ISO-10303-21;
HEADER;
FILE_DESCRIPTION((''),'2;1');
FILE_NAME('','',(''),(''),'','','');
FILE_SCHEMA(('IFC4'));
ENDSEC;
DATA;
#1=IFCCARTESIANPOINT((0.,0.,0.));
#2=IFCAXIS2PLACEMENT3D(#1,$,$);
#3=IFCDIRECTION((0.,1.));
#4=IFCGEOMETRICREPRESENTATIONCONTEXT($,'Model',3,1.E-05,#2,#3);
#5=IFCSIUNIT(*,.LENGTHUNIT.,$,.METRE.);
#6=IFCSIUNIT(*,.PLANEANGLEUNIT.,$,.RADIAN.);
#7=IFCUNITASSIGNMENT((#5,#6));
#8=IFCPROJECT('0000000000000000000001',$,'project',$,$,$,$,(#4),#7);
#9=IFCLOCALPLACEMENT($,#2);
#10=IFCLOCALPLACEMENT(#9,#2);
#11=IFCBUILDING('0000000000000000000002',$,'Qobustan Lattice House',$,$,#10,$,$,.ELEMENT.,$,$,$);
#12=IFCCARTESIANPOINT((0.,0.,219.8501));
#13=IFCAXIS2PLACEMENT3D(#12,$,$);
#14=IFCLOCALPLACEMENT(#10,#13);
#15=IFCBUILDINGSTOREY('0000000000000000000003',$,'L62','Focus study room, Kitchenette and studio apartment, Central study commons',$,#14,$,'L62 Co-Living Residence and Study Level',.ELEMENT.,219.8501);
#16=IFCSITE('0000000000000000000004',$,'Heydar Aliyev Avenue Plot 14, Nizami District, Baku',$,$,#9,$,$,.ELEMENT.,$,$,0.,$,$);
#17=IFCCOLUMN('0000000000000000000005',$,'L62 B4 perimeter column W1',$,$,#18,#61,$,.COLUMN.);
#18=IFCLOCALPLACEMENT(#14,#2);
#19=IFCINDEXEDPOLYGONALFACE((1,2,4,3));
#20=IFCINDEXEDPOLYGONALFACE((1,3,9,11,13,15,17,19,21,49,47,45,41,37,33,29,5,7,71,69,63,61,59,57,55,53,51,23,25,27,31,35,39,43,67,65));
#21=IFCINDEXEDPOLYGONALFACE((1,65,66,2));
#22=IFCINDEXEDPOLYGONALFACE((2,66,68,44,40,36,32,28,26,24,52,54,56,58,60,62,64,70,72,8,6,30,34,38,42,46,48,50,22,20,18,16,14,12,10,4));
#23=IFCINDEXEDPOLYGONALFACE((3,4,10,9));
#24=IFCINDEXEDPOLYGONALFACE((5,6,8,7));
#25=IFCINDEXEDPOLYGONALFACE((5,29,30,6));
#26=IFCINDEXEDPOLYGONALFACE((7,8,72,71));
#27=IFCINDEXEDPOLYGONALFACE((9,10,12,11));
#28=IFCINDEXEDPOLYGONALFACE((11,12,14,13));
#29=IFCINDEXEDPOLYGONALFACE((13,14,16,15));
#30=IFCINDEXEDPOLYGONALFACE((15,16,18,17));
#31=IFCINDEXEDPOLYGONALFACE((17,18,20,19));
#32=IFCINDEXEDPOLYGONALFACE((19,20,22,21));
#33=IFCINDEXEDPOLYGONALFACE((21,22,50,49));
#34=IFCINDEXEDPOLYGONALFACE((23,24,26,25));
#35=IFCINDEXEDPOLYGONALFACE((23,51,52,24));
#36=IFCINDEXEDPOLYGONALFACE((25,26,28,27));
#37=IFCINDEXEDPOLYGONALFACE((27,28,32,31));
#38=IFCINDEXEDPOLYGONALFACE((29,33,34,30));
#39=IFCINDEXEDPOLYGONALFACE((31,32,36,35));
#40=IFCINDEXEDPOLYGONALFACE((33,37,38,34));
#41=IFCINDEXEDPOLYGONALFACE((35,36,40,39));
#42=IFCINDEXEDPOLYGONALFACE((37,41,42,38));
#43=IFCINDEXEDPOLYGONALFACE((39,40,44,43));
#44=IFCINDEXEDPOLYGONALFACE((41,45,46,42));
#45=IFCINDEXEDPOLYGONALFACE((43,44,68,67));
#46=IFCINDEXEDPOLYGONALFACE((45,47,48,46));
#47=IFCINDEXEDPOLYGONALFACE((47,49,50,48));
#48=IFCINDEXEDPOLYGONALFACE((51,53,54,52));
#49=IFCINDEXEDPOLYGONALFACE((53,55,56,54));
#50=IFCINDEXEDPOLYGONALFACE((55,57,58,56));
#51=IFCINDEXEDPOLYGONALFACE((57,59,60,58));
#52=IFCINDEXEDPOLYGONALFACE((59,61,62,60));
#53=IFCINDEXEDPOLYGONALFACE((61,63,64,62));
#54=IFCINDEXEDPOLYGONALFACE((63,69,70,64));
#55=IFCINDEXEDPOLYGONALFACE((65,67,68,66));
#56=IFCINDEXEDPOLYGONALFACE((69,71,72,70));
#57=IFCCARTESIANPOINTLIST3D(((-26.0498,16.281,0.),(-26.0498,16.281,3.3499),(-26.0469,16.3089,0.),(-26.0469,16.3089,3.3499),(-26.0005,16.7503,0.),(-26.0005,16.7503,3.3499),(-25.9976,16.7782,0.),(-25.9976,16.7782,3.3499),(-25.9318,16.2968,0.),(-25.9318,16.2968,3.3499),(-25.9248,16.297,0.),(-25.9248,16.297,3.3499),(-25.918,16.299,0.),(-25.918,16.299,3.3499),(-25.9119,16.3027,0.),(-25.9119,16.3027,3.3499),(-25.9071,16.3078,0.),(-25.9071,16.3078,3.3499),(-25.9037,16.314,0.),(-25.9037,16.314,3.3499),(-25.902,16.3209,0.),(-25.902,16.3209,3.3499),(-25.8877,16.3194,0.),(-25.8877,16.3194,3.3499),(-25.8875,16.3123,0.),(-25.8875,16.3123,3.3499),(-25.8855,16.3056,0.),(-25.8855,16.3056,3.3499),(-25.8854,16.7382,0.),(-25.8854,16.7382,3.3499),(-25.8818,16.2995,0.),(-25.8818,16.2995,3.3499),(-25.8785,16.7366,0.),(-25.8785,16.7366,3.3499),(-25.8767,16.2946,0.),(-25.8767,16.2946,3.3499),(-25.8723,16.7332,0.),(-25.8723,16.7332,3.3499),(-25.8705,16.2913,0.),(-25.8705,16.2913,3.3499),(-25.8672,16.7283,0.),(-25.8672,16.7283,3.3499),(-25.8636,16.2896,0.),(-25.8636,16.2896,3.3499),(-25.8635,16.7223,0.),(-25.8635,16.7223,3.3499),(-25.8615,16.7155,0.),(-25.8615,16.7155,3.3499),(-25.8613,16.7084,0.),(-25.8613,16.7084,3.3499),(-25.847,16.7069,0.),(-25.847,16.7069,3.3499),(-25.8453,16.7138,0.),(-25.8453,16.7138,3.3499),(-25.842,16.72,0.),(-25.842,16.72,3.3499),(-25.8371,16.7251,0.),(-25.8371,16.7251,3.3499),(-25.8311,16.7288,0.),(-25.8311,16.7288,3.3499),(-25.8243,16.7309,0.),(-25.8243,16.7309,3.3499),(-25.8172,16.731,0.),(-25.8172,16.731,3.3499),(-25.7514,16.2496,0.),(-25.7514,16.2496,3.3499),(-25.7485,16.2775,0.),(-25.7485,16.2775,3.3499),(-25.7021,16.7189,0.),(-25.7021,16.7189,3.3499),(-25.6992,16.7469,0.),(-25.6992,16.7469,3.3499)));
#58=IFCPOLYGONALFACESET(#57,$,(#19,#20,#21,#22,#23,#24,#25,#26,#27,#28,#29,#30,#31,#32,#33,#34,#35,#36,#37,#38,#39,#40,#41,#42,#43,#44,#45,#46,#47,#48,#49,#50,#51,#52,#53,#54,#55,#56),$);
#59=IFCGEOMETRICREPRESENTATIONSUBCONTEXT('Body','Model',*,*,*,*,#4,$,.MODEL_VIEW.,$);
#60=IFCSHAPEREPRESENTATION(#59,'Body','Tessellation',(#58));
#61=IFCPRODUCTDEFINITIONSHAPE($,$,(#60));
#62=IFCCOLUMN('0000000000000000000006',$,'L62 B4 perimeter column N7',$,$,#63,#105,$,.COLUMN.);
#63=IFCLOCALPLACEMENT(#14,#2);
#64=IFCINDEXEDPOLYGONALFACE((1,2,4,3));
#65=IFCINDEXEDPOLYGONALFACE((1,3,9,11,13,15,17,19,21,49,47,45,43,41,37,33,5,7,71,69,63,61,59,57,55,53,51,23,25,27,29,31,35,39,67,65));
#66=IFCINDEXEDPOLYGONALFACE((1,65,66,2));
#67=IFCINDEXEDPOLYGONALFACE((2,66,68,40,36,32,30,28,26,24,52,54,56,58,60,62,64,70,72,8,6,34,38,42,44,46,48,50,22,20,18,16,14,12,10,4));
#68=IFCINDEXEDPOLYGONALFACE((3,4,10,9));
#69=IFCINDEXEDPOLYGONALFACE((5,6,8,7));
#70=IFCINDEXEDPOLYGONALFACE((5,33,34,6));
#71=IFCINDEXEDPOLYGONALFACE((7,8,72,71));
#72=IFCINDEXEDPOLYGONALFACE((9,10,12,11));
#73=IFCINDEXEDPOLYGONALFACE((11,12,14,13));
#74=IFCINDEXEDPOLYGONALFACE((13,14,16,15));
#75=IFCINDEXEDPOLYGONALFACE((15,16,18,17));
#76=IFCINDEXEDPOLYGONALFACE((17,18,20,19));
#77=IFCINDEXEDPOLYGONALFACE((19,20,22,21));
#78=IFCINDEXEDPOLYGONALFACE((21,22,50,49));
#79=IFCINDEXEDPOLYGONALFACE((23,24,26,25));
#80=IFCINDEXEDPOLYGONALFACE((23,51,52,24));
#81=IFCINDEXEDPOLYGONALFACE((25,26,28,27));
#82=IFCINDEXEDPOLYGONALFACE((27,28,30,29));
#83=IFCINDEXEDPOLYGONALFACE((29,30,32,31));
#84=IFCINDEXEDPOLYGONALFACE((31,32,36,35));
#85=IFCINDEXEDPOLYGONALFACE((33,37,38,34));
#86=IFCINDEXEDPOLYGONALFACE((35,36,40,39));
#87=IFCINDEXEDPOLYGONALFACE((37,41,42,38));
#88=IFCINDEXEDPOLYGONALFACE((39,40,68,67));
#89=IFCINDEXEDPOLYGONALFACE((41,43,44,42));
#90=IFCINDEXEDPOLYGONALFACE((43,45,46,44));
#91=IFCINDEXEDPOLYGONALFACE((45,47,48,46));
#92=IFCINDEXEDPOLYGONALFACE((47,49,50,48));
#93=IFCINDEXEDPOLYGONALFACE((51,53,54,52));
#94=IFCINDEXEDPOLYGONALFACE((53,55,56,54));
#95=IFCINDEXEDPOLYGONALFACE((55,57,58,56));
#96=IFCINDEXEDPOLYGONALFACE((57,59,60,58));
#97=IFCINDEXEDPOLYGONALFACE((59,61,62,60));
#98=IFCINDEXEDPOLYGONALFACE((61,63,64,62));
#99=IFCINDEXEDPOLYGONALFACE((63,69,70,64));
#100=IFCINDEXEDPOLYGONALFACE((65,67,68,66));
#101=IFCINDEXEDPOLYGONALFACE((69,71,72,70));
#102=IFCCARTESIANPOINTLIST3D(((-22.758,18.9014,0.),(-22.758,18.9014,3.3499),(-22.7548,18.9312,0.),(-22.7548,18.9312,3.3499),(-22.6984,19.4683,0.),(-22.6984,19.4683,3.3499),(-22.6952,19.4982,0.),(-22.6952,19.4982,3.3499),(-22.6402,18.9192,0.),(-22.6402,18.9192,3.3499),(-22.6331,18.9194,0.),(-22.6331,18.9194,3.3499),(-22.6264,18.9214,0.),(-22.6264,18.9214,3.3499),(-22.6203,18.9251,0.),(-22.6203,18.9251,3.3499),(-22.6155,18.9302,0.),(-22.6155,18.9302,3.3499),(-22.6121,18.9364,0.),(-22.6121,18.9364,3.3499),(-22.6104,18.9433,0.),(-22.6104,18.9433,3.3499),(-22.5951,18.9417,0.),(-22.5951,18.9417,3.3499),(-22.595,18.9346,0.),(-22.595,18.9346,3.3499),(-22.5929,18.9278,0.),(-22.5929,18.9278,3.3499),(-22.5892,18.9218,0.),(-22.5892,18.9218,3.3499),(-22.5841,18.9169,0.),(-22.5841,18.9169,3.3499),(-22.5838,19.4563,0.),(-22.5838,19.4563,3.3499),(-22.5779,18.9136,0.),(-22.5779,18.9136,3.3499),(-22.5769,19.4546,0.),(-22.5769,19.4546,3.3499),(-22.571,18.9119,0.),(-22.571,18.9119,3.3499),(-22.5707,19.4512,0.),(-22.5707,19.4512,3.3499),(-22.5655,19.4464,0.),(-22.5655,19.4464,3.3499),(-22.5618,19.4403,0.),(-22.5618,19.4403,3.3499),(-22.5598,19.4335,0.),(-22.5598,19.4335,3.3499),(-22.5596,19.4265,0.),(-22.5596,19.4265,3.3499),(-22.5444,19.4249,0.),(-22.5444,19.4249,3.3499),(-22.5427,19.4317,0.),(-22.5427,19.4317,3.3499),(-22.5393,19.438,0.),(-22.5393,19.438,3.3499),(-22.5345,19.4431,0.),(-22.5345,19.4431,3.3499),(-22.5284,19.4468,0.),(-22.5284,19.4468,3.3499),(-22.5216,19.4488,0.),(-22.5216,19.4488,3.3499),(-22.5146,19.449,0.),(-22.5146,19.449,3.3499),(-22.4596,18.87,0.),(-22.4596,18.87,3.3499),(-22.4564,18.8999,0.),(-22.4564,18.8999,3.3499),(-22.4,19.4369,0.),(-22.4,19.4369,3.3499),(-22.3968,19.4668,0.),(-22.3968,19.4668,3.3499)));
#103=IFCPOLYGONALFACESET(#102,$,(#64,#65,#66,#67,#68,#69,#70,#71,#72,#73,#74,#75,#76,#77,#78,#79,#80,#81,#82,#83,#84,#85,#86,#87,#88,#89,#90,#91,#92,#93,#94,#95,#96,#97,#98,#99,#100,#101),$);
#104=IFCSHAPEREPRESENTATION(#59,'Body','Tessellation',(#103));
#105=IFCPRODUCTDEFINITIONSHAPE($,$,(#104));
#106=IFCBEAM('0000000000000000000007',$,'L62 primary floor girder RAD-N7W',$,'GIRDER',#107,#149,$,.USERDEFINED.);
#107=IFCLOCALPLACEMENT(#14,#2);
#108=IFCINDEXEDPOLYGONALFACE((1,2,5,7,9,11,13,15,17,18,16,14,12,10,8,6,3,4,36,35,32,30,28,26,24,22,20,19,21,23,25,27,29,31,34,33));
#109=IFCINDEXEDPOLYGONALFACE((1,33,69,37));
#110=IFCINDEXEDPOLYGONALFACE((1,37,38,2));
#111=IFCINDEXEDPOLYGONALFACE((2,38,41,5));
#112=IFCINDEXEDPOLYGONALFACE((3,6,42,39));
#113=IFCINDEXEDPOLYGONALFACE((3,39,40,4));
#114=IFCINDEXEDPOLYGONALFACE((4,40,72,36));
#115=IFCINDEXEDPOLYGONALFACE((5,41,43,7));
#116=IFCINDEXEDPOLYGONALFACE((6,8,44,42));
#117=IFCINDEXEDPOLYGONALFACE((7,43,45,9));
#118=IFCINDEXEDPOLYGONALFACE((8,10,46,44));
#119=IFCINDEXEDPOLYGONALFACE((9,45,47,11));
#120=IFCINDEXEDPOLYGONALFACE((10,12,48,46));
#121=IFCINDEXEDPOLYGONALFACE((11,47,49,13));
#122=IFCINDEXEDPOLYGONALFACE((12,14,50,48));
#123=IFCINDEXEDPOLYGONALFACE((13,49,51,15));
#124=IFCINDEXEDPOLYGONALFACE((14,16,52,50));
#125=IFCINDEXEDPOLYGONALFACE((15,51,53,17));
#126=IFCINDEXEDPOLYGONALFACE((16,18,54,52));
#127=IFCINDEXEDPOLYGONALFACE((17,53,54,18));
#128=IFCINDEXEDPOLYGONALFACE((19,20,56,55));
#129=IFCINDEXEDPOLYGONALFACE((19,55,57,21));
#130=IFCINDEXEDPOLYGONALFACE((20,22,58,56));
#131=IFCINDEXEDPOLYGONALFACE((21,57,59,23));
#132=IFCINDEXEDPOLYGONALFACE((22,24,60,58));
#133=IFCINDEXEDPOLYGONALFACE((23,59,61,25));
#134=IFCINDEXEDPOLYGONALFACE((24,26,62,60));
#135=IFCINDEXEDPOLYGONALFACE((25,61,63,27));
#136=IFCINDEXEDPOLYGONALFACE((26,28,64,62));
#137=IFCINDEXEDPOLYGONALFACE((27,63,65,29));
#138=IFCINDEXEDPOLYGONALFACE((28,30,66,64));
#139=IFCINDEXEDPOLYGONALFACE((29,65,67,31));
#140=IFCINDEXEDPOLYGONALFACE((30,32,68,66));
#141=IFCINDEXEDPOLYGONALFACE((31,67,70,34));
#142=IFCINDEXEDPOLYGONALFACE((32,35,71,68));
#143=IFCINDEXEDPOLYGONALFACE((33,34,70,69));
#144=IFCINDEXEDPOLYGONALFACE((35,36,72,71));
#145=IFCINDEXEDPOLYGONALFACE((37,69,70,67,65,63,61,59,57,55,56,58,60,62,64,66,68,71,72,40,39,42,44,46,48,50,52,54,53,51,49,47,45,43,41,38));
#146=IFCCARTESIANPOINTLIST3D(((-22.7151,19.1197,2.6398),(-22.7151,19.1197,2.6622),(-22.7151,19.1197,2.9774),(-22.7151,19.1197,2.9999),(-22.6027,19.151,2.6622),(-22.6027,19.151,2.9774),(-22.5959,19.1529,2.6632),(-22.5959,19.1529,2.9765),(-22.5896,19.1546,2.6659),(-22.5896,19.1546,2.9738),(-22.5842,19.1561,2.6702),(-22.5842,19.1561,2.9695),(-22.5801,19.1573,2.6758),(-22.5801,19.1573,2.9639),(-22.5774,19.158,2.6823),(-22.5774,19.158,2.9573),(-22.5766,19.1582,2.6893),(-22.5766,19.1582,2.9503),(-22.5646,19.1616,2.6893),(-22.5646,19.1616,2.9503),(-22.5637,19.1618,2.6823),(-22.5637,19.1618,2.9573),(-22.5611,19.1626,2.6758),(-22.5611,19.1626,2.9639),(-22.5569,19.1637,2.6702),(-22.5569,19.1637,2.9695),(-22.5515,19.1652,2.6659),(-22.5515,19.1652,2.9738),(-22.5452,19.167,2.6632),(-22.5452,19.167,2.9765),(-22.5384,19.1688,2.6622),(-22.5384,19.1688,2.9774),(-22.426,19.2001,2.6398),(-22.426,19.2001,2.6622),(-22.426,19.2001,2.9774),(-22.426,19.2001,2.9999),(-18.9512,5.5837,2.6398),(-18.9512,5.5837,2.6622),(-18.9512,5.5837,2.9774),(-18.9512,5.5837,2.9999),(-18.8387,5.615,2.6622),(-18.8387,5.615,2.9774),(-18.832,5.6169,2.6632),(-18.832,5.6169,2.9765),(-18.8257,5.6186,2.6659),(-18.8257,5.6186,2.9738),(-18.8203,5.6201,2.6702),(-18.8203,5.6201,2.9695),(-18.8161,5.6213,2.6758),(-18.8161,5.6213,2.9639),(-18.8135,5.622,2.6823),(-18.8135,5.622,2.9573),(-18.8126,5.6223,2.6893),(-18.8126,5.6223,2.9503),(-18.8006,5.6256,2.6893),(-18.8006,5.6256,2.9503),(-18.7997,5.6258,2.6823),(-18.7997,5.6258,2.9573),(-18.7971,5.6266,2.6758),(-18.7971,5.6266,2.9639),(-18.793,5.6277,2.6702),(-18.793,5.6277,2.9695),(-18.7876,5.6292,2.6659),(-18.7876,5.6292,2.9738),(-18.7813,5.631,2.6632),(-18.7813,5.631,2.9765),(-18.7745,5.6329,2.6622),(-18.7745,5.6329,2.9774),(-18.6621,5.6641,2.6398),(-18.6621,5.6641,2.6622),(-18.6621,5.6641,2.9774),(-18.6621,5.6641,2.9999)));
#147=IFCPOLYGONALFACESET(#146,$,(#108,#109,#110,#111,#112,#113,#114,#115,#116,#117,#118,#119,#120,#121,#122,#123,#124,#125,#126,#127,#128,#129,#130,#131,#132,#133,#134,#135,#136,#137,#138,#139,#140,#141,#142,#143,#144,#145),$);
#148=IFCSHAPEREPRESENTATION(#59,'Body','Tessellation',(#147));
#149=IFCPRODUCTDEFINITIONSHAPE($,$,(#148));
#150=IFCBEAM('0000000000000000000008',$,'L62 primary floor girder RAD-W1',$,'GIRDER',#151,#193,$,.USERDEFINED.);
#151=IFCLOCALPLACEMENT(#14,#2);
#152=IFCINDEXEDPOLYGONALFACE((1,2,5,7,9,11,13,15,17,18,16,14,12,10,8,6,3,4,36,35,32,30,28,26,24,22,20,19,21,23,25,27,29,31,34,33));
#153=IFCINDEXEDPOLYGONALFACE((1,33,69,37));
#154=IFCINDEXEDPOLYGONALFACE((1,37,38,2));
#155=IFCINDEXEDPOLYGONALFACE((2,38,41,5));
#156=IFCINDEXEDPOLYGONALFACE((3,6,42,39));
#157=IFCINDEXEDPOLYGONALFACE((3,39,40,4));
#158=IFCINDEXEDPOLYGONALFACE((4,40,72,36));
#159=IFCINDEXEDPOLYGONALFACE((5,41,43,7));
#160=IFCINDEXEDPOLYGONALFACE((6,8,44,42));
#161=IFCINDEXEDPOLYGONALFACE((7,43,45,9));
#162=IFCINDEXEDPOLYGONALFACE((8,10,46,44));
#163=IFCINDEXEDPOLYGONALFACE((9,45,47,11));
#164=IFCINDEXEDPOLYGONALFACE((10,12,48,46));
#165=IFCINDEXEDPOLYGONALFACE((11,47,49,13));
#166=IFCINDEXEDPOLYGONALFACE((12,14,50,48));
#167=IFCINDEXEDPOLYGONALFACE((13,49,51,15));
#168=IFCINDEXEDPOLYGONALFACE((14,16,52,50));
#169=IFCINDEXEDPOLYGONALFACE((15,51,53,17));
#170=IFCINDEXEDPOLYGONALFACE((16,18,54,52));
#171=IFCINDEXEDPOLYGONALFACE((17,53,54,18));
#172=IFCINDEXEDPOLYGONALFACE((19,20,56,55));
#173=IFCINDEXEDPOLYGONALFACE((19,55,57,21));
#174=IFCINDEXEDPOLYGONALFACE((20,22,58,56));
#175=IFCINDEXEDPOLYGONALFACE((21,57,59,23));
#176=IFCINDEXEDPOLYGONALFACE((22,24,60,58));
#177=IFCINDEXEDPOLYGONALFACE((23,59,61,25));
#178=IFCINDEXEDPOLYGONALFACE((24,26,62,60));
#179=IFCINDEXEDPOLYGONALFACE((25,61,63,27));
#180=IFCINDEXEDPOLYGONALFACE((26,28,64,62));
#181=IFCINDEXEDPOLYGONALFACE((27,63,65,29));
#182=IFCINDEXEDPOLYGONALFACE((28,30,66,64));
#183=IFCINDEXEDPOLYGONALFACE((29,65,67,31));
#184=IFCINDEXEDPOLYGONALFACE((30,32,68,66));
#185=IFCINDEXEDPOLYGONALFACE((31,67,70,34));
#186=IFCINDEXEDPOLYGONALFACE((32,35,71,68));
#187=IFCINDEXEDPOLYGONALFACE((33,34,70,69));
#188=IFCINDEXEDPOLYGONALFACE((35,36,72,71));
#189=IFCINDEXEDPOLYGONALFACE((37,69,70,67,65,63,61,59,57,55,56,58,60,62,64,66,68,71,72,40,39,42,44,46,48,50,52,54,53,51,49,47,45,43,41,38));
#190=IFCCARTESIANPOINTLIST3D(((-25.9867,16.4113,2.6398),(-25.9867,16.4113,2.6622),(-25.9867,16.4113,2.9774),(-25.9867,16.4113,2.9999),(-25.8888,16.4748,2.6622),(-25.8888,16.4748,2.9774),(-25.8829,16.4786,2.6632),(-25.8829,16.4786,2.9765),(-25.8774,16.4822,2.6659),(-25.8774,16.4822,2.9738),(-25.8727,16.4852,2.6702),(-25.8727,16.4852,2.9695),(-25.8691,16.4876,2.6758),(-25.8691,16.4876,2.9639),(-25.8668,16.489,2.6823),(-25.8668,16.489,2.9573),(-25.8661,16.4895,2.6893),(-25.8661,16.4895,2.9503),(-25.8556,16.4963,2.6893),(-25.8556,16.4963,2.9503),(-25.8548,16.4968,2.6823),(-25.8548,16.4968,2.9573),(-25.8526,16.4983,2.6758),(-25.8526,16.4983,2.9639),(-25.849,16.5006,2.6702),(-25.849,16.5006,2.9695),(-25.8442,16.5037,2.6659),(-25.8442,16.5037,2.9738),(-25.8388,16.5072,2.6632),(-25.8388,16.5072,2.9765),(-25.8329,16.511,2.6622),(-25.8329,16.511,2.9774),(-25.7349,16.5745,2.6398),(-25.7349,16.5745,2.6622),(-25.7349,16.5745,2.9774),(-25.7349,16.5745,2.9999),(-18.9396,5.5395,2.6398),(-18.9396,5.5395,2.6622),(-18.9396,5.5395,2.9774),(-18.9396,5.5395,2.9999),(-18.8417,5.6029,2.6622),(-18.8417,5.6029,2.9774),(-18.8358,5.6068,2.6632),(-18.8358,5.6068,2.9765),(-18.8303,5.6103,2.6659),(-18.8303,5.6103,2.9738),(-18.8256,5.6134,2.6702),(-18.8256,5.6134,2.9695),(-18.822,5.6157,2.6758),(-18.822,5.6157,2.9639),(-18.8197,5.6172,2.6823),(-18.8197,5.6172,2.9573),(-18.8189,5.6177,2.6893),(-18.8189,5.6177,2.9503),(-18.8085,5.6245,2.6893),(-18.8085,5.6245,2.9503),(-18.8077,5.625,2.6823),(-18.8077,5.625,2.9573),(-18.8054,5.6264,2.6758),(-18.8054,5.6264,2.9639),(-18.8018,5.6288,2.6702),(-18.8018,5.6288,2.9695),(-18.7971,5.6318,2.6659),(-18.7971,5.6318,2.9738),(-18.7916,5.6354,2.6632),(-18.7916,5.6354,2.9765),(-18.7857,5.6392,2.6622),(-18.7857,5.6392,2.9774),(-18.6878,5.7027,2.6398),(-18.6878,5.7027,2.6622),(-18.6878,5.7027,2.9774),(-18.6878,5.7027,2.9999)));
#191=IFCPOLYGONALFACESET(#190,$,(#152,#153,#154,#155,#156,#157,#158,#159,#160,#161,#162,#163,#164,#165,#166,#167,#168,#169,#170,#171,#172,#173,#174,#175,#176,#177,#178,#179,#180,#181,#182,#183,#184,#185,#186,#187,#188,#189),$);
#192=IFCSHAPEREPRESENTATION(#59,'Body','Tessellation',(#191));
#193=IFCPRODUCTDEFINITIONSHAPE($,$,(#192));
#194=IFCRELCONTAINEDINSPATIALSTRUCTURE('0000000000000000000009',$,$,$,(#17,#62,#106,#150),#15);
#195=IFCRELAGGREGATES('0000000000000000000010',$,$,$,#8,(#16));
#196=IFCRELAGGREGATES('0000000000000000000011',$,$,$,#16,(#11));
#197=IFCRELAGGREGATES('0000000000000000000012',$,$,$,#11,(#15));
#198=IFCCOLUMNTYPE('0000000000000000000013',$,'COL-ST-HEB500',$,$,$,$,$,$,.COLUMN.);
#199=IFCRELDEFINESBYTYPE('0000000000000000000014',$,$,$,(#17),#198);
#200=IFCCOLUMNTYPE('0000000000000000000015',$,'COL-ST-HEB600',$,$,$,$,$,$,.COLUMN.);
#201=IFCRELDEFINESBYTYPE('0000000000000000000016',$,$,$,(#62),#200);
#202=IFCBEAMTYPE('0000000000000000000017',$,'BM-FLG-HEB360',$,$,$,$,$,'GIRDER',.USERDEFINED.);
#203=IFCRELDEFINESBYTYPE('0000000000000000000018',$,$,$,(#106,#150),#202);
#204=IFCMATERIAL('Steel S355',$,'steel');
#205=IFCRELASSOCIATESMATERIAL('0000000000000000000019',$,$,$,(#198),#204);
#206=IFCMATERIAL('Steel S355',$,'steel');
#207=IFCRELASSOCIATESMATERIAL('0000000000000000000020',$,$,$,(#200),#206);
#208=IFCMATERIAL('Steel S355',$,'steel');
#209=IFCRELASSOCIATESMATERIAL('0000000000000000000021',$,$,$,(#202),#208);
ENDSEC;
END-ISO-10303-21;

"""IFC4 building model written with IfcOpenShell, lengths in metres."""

from ifc_helpers import new_model, si_unit, direction, frame, origin, origin_2d, place, context, subcontext, project, spatial, i_section, extrude, material, material_profile, profile_set, type_object, element, save


model = new_model("IFC4")

# Units and contexts
model_context = context("Model", 3, precision=1e-05, world=origin(), true_north=direction((0.0, 1.0)))
body_context = subcontext(model_context, "Body", "Model", "MODEL_VIEW")
ifc_project = project(units=[si_unit("LENGTHUNIT", "METRE"), si_unit("PLANEANGLEUNIT", "RADIAN")], contexts=[model_context])

# Site, building, storey
site_placement = place(None, origin())
site = spatial("IfcSite", under=ifc_project, at=site_placement, Name="Heydar Aliyev Avenue Plot 14, Nizami District, Baku", CompositionType="ELEMENT", RefElevation=0.0)
building_placement = place(site_placement, origin())
building = spatial("IfcBuilding", under=site, at=building_placement, Name="Qobustan Lattice House", CompositionType="ELEMENT")
storey_placement = place(building_placement, frame((0.0, 0.0, 219.8501)))
storey = spatial("IfcBuildingStorey", under=building, at=storey_placement, Name="L62", Description="Focus study room, Kitchenette and studio apartment, Central study commons", LongName="L62 Co-Living Residence and Study Level", CompositionType="ELEMENT", Elevation=219.8501)

# Columns
ifc_material_1 = material(Name="Steel S355", Category="steel")
ifc_material_profile_1 = material_profile(ifc_material_1, i_section(OverallWidth=0.3, OverallDepth=0.5, WebThickness=0.0144, FlangeThickness=0.0281, FilletRadius=0.0271, at=origin_2d()), Name="HEB500")
ifc_profile_set_1 = profile_set([ifc_material_profile_1], Name="Steel S355")
column_type_1 = type_object("IfcColumnType", Name="COL-ST-HEB500", PredefinedType="COLUMN", material=ifc_profile_set_1)
column_1_placement = place(storey_placement, frame((-25.8745, 16.5139, 0.0), z_axis=(0.0, 0.0, 1.0), x_axis=(0.994522, -0.104528, 0.0)))
element("IfcColumn", 1, at=column_1_placement, inside=storey, type_object=column_type_1, Name="L62 B4 perimeter column W1", PredefinedType="COLUMN", context=body_context, shape_type="SweptSolid", body=[
    extrude(i_section(OverallWidth=0.3, OverallDepth=0.5, WebThickness=0.0144, FlangeThickness=0.0281, FilletRadius=0.0271, at=origin_2d()), origin(), (0.0, 0.0, 1.0), 3.3499),
])
ifc_material_2 = material(Name="Steel S355", Category="steel")
ifc_material_profile_2 = material_profile(ifc_material_2, i_section(OverallWidth=0.3, OverallDepth=0.6001, WebThickness=0.0154, FlangeThickness=0.03, FilletRadius=0.0271, at=origin_2d()), Name="HEB600")
ifc_profile_set_2 = profile_set([ifc_material_profile_2], Name="Steel S355")
column_type_2 = type_object("IfcColumnType", Name="COL-ST-HEB600", PredefinedType="COLUMN", material=ifc_profile_set_2)
column_2_placement = place(storey_placement, frame((-22.5774, 19.1841, 0.0), z_axis=(0.0, 0.0, 1.0), x_axis=(0.994522, -0.104528, 0.0)))
element("IfcColumn", 2, at=column_2_placement, inside=storey, type_object=column_type_2, Name="L62 B4 perimeter column N7", PredefinedType="COLUMN", context=body_context, shape_type="SweptSolid", body=[
    extrude(i_section(OverallWidth=0.3, OverallDepth=0.6001, WebThickness=0.0154, FlangeThickness=0.03, FilletRadius=0.0271, at=origin_2d()), origin(), (0.0, 0.0, 1.0), 3.3499),
])

# Beams
ifc_material_3 = material(Name="Steel S355", Category="steel")
ifc_material_profile_3 = material_profile(ifc_material_3, i_section(OverallWidth=0.3, OverallDepth=0.3601, WebThickness=0.0125, FlangeThickness=0.0225, FilletRadius=0.0271, at=origin_2d()), Name="HEB360")
ifc_profile_set_3 = profile_set([ifc_material_profile_3], Name="Steel S355")
beam_type_1 = type_object("IfcBeamType", Name="BM-FLG-HEB360", ElementType="GIRDER", PredefinedType="USERDEFINED", material=ifc_profile_set_3)
beam_1_placement = place(storey_placement, frame((-22.5706, 19.1599, 2.8198), z_axis=(0.267905, -0.963445, 0.0), x_axis=(0.963445, 0.267905, 0.0)))
element("IfcBeam", 3, at=beam_1_placement, inside=storey, type_object=beam_type_1, Name="L62 primary floor girder RAD-N7W", ObjectType="GIRDER", PredefinedType="USERDEFINED", context=body_context, shape_type="SweptSolid", body=[
    extrude(i_section(OverallWidth=0.3, OverallDepth=0.3601, WebThickness=0.0125, FlangeThickness=0.0225, FilletRadius=0.0271, at=origin_2d()), origin(), (0.0, 0.0, 1.0), 14.0496),
])
beam_2_placement = place(storey_placement, frame((-25.8608, 16.4929, 2.8198), z_axis=(0.543926, -0.839133, 0.0), x_axis=(0.839133, 0.543926, 0.0)))
element("IfcBeam", 4, at=beam_2_placement, inside=storey, type_object=beam_type_1, Name="L62 primary floor girder RAD-W1", ObjectType="GIRDER", PredefinedType="USERDEFINED", context=body_context, shape_type="SweptSolid", body=[
    extrude(i_section(OverallWidth=0.3, OverallDepth=0.3601, WebThickness=0.0125, FlangeThickness=0.0225, FilletRadius=0.0271, at=origin_2d()), origin(), (0.0, 0.0, 1.0), 12.9561),
])

save(model, "model.ifc")
